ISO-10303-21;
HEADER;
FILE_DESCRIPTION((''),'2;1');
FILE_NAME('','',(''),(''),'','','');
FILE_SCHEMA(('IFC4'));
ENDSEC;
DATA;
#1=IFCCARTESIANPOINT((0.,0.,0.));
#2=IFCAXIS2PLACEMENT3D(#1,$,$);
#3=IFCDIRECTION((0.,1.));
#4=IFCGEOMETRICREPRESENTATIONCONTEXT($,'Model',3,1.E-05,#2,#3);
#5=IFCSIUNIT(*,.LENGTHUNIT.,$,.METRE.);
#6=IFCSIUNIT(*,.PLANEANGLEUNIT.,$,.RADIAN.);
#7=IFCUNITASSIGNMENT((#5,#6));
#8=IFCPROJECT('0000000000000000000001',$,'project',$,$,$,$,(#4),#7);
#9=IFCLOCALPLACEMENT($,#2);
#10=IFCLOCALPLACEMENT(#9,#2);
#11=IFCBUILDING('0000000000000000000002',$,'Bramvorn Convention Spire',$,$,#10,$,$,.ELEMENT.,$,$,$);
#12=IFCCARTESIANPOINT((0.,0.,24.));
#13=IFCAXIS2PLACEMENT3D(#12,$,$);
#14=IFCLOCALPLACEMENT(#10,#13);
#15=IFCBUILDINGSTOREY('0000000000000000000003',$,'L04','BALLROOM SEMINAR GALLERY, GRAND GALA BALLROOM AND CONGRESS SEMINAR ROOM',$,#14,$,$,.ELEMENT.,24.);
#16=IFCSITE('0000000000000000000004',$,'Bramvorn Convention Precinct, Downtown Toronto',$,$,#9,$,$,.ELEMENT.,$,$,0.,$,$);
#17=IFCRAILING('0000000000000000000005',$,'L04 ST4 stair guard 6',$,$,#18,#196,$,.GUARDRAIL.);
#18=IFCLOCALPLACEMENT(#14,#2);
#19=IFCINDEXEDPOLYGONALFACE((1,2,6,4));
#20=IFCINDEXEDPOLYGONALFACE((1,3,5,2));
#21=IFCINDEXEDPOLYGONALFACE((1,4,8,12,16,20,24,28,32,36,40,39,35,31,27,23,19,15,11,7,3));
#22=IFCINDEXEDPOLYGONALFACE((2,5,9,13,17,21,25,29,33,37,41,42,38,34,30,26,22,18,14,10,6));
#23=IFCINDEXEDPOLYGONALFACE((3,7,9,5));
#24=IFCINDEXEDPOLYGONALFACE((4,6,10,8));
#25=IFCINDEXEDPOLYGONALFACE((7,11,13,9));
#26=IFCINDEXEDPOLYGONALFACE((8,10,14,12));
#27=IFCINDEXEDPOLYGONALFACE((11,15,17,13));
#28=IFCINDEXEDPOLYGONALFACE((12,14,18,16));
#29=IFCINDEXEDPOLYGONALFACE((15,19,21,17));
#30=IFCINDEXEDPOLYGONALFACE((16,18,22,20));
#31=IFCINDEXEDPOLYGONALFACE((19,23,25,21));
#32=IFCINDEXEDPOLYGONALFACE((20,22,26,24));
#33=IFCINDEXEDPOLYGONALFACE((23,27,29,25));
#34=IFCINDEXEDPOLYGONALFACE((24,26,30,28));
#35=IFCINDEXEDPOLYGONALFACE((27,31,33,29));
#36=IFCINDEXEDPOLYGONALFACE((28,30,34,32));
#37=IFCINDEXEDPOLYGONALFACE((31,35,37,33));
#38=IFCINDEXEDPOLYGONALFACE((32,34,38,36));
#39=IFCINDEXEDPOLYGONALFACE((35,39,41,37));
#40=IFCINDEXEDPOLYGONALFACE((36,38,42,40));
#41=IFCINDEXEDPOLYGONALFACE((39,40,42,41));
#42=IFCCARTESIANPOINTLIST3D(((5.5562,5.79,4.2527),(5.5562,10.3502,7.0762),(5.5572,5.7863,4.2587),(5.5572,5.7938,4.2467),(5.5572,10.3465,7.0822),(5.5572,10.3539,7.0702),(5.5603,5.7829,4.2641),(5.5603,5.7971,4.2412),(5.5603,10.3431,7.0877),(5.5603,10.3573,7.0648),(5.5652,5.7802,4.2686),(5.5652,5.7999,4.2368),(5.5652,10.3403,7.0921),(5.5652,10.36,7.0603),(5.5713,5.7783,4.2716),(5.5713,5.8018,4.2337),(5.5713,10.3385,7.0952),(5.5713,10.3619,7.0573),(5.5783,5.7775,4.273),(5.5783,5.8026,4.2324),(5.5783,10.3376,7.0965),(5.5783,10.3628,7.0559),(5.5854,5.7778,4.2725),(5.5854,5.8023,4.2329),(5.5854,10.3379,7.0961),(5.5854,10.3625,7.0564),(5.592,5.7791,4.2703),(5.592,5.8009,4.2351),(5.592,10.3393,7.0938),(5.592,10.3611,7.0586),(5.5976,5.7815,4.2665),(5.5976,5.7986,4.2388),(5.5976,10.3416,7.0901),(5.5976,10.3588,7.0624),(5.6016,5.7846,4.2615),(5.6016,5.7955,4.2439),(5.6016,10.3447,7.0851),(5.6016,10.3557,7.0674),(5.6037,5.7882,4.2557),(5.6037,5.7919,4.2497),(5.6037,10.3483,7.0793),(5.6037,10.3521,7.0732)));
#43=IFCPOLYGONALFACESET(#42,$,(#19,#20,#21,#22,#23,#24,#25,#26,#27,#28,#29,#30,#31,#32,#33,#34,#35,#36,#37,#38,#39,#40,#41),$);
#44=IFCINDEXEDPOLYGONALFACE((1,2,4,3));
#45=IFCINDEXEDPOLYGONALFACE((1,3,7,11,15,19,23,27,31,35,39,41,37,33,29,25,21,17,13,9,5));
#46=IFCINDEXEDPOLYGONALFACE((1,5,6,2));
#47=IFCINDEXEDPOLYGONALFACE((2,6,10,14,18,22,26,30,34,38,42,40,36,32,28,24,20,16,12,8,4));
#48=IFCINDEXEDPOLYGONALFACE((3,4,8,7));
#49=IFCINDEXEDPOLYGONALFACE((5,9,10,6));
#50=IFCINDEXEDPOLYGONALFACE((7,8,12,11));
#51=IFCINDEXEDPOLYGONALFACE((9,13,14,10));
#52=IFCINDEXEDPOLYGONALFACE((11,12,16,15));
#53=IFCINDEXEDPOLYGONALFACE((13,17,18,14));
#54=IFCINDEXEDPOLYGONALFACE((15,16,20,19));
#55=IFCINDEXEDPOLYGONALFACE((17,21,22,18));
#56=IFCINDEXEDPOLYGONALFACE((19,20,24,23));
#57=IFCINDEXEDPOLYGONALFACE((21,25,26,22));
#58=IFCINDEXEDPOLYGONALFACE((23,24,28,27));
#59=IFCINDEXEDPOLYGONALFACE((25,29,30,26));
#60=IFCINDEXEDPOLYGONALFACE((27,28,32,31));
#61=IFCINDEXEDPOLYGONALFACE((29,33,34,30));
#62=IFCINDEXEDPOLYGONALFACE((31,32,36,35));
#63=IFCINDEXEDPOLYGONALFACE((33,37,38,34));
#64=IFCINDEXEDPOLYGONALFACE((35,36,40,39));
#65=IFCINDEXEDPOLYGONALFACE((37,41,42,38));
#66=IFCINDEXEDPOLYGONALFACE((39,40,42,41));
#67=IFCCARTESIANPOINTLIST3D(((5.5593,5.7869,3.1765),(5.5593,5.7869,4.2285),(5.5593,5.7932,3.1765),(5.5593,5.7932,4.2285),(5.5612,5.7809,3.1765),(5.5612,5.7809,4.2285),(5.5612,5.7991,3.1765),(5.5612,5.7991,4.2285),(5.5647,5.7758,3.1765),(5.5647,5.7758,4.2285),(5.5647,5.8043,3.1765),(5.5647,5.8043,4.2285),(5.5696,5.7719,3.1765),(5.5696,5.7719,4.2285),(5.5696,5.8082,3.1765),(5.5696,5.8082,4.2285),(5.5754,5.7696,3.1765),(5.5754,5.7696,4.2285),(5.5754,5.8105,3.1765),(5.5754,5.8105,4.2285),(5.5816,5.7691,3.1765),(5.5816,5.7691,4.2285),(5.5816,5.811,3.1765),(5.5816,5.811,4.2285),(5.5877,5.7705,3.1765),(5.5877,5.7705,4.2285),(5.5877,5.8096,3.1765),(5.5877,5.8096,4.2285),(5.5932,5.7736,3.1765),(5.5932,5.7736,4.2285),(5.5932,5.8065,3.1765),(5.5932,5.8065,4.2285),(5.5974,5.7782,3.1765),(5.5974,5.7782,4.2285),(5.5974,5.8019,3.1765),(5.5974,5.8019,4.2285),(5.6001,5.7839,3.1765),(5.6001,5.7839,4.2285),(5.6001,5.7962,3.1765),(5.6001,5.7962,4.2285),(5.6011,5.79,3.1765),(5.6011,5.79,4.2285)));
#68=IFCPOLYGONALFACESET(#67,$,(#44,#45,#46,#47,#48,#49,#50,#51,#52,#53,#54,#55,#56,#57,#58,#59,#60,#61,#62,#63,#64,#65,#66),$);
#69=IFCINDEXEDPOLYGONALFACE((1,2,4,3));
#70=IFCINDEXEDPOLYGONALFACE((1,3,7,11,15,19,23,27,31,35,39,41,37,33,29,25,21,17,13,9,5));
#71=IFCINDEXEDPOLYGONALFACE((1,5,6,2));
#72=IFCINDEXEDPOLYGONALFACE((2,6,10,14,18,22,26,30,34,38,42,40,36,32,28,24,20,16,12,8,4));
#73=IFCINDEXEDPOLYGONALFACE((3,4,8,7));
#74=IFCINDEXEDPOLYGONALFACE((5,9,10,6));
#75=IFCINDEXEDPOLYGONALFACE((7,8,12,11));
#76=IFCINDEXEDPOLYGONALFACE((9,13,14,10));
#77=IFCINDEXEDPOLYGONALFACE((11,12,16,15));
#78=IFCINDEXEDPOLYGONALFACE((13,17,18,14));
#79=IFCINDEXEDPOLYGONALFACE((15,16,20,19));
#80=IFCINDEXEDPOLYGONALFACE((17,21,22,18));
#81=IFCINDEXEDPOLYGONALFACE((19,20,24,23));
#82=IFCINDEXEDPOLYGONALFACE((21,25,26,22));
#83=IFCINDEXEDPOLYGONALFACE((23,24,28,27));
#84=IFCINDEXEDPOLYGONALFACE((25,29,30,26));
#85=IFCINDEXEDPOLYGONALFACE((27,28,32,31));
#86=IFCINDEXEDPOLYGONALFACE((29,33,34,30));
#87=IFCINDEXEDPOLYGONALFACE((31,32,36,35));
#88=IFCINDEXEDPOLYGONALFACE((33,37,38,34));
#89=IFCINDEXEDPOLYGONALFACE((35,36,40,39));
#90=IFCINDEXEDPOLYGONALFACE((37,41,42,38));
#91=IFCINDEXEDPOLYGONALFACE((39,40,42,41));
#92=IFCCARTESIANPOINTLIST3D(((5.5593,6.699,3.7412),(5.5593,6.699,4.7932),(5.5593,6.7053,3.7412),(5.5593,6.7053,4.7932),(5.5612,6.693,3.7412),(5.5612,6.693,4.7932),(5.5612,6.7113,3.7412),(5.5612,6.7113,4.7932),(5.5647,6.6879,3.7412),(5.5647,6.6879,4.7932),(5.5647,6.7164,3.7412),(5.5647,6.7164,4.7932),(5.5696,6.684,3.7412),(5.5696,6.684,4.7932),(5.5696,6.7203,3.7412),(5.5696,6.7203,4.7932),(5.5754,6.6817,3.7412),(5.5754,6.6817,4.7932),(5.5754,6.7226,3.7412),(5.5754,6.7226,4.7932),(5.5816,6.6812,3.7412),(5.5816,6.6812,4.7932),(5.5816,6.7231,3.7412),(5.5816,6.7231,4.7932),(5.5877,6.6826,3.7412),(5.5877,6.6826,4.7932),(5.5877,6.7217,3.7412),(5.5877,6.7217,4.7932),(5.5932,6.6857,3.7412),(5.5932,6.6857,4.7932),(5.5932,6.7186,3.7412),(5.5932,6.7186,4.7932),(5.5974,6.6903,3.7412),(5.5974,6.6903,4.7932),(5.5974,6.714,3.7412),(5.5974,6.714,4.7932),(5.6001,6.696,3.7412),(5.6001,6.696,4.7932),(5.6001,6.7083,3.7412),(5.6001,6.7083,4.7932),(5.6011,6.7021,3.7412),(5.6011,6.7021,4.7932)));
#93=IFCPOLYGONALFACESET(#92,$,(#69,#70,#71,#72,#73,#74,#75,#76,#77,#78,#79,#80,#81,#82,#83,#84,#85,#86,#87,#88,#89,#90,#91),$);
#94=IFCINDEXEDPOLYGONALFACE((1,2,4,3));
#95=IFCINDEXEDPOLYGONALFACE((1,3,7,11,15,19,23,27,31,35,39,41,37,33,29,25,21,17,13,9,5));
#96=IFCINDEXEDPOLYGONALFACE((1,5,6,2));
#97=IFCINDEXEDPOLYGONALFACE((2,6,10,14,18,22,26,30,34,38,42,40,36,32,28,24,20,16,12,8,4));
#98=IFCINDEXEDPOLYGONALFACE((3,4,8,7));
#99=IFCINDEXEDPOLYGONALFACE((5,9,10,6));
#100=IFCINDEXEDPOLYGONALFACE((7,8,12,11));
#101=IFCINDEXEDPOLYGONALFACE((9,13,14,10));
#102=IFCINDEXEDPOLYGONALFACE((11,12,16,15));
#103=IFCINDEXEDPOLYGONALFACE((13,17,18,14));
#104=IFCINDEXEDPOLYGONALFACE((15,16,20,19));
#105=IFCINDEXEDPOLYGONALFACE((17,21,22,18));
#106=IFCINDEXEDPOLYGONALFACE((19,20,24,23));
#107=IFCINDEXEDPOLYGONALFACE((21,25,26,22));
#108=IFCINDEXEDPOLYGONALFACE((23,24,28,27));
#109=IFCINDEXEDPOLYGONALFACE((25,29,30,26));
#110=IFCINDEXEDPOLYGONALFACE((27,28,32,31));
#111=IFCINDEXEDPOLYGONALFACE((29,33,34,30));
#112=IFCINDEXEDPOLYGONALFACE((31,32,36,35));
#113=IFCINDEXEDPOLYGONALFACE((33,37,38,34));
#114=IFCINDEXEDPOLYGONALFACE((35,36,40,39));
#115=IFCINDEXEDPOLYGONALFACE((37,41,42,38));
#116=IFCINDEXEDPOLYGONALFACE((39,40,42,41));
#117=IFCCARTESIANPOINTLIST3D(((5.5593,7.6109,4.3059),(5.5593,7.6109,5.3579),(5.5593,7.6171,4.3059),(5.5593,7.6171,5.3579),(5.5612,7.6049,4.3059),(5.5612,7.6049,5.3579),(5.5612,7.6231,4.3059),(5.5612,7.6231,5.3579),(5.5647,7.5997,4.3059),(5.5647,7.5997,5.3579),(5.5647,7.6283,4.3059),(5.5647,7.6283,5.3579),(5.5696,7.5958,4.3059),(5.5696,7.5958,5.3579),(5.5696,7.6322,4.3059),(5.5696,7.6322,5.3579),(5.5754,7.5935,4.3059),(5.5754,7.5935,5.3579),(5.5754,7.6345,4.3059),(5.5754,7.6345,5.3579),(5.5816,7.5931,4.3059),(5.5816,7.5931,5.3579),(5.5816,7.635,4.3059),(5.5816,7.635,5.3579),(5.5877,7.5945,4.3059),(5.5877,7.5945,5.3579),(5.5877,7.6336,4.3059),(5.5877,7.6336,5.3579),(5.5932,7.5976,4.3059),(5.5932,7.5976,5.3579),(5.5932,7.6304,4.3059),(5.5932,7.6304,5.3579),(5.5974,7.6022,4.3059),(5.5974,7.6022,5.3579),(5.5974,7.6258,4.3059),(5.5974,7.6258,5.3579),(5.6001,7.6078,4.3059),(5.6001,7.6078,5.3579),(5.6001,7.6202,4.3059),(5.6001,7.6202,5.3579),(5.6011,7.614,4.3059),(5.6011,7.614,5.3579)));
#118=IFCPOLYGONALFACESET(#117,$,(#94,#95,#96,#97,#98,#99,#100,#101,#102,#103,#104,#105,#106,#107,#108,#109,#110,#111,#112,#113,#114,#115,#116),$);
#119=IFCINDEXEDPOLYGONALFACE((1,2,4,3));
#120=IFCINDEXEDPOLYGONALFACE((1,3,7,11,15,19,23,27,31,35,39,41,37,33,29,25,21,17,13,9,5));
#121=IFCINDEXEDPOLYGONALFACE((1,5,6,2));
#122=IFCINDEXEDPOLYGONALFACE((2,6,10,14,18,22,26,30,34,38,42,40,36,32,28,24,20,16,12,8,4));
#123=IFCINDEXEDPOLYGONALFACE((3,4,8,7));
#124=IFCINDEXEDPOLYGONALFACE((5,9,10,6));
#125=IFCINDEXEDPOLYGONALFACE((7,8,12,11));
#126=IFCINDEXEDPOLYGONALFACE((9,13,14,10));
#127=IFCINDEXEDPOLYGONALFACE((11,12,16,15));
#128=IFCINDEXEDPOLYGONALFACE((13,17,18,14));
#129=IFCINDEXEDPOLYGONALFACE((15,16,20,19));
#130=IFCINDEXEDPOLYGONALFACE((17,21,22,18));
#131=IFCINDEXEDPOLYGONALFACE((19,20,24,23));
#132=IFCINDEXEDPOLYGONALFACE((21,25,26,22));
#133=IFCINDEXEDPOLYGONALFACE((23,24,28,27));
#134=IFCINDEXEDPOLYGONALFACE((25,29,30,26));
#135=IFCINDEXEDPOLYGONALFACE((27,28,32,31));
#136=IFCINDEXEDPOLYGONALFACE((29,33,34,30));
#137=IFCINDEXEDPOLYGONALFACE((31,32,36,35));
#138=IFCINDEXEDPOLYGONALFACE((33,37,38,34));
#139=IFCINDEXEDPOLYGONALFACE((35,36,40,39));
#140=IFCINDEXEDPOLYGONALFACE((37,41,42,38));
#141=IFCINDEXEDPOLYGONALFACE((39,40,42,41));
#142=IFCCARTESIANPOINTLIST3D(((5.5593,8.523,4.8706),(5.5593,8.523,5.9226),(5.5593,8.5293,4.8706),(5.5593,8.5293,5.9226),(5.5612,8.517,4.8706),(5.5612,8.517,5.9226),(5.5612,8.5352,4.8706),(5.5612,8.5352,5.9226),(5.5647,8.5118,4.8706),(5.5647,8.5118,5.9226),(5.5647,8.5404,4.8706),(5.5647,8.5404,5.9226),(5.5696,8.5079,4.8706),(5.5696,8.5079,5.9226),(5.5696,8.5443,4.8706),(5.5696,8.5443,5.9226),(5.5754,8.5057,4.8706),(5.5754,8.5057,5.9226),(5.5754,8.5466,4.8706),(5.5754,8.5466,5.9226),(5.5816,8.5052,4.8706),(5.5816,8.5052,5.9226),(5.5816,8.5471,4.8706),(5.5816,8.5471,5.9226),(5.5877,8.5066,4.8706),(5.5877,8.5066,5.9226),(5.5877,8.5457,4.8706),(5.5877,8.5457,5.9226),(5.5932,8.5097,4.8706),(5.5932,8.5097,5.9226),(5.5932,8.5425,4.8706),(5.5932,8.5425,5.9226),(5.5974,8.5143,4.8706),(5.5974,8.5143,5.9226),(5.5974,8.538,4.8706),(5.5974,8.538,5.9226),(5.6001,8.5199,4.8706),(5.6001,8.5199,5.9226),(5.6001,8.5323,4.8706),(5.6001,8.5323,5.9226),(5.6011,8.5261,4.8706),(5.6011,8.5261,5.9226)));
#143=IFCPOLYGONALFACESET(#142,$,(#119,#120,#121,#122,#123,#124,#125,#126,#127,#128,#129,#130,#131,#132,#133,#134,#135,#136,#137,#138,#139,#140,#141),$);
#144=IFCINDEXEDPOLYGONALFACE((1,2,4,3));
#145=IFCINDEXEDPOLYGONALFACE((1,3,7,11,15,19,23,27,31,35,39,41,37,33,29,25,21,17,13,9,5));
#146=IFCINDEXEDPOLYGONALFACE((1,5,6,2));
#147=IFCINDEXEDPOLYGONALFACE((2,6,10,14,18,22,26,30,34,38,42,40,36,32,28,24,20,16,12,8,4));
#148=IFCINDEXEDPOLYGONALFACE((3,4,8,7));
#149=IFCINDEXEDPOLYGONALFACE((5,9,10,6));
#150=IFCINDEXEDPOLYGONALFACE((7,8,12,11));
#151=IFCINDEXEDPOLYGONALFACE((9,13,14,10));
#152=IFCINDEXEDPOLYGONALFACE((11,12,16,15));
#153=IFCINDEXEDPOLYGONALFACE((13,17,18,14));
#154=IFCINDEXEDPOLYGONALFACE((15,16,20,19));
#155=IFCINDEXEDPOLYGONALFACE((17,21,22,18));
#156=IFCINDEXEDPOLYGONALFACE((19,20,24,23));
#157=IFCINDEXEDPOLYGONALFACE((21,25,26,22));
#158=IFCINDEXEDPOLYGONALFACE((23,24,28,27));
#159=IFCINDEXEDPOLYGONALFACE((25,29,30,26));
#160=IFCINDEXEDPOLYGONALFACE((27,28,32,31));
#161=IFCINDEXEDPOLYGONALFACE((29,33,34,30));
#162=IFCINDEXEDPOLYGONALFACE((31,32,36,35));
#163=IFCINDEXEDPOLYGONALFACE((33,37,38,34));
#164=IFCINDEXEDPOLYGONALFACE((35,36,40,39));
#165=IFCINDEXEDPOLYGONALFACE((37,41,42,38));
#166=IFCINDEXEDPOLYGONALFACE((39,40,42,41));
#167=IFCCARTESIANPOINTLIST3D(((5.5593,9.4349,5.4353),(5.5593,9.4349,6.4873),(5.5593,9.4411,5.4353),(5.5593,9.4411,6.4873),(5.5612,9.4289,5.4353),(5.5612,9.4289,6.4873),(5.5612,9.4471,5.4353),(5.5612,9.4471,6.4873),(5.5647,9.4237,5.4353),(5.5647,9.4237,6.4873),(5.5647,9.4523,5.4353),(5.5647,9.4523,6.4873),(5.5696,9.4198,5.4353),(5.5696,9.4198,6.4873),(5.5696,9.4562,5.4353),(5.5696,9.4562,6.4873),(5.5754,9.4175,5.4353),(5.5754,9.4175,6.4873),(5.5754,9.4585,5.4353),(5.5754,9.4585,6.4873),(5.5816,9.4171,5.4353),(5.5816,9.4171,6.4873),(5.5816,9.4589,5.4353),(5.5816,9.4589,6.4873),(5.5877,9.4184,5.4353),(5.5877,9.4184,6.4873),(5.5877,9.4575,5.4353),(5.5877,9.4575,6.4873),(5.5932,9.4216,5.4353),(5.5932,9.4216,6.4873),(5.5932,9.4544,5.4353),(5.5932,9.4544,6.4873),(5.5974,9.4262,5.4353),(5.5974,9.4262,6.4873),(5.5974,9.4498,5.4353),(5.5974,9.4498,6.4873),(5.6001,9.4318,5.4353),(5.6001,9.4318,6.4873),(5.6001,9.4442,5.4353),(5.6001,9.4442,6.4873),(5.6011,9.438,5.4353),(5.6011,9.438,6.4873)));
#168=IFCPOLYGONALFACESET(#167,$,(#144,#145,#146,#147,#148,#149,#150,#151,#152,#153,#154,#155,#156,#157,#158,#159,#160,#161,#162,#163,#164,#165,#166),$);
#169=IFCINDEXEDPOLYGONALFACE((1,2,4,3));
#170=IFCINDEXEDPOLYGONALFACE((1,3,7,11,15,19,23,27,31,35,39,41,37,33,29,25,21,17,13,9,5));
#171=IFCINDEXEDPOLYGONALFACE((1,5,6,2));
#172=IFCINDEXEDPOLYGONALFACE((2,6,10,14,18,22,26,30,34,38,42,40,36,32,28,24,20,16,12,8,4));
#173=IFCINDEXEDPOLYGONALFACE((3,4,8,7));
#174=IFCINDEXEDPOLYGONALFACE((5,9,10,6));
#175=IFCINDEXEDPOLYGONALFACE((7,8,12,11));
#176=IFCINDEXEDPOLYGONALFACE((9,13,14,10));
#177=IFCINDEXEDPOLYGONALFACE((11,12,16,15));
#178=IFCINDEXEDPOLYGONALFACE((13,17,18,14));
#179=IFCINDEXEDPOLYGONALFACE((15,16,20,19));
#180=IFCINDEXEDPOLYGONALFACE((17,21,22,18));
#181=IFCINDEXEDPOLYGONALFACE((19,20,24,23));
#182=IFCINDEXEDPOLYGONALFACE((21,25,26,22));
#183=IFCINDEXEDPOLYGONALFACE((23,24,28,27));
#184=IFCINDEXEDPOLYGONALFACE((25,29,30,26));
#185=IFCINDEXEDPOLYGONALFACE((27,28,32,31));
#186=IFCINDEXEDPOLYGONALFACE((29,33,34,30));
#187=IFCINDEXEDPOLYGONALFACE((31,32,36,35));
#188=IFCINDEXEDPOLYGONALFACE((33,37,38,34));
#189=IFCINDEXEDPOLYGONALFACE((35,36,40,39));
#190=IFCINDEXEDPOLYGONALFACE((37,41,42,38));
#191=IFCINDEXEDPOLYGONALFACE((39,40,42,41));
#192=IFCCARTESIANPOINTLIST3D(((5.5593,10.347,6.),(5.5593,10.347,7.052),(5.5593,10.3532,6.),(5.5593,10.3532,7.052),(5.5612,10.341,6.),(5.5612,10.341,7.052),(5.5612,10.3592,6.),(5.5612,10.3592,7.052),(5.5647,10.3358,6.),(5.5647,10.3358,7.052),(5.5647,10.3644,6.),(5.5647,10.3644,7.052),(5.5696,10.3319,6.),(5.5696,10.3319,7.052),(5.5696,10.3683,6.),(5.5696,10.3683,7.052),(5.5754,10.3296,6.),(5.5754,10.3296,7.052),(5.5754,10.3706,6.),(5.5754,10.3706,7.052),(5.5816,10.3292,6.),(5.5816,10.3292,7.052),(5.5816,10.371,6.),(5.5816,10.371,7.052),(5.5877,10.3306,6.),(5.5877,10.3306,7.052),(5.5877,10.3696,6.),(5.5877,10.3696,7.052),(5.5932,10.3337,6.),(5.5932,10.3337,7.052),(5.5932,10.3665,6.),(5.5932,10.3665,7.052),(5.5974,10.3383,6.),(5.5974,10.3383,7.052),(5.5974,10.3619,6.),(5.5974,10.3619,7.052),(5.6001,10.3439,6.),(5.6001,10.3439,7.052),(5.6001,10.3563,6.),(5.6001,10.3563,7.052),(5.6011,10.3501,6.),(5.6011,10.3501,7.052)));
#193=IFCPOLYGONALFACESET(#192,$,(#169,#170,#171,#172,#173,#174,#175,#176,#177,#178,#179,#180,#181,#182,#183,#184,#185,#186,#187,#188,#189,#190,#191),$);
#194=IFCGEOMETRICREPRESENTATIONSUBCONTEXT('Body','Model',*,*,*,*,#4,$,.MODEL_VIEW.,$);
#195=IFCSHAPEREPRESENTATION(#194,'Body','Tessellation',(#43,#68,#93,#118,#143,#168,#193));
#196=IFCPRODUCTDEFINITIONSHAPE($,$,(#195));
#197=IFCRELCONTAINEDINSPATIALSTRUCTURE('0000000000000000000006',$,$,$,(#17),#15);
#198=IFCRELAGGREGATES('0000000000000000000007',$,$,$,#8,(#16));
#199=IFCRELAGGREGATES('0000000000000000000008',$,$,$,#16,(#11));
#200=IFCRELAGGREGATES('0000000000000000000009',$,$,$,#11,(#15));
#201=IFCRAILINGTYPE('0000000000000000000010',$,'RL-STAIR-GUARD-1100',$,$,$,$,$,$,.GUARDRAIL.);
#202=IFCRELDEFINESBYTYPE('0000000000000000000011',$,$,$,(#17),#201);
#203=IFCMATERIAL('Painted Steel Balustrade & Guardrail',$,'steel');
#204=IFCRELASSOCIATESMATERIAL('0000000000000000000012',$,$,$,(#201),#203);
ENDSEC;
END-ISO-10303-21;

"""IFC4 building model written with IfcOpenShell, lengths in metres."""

from ifc_helpers import new_model, si_unit, direction, frame, origin, origin_2d, place, context, subcontext, project, spatial, circle, extrude, material, type_object, element, save


model = new_model("IFC4")

# Units and contexts
model_context = context("Model", 3, precision=1e-05, world=origin(), true_north=direction((0.0, 1.0)))
body_context = subcontext(model_context, "Body", "Model", "MODEL_VIEW")
ifc_project = project(units=[si_unit("LENGTHUNIT", "METRE"), si_unit("PLANEANGLEUNIT", "RADIAN")], contexts=[model_context])

# Site, building, storey
site_placement = place(None, origin())
site = spatial("IfcSite", under=ifc_project, at=site_placement, Name="Bramvorn Convention Precinct, Downtown Toronto", CompositionType="ELEMENT", RefElevation=0.0)
building_placement = place(site_placement, origin())
building = spatial("IfcBuilding", under=site, at=building_placement, Name="Bramvorn Convention Spire", CompositionType="ELEMENT")
storey_placement = place(building_placement, frame((0.0, 0.0, 24.0)))
storey = spatial("IfcBuildingStorey", under=building, at=storey_placement, Name="L04", Description="BALLROOM SEMINAR GALLERY, GRAND GALA BALLROOM AND CONGRESS SEMINAR ROOM", CompositionType="ELEMENT", Elevation=24.0)

# Railing
ifc_material_1 = material(Name="Painted Steel Balustrade & Guardrail", Category="steel")
railing_type_1 = type_object("IfcRailingType", Name="RL-STAIR-GUARD-1100", PredefinedType="GUARDRAIL", material=ifc_material_1)
railing_1_placement = place(storey_placement, frame((5.5801, 5.79, 3.1765)))
element("IfcRailing", 1, at=railing_1_placement, inside=storey, type_object=railing_type_1, Name="L04 ST4 stair guard 6", PredefinedType="GUARDRAIL", context=body_context, shape_type="SweptSolid", body=[
    extrude(circle(Radius=0.0239, at=origin_2d()), frame((0.0, 0.0, 1.0762), z_axis=(0.0, 0.850216, 0.526435), x_axis=(-1.0, 0.0, 0.0)), (0.0, 0.0, 1.0), 5.3635),
    extrude(circle(Radius=0.021, at=origin_2d()), origin(), (0.0, 0.0, 1.0), 1.052),
    extrude(circle(Radius=0.021, at=origin_2d()), frame((0.0, 0.9121, 0.5647)), (0.0, 0.0, 1.0), 1.052),
    extrude(circle(Radius=0.021, at=origin_2d()), frame((0.0, 1.824, 1.1294)), (0.0, 0.0, 1.0), 1.052),
    extrude(circle(Radius=0.021, at=origin_2d()), frame((0.0, 2.7361, 1.6941)), (0.0, 0.0, 1.0), 1.052),
    extrude(circle(Radius=0.021, at=origin_2d()), frame((0.0, 3.6479, 2.2588)), (0.0, 0.0, 1.0), 1.052),
    extrude(circle(Radius=0.021, at=origin_2d()), frame((0.0, 4.5601, 2.8235)), (0.0, 0.0, 1.0), 1.052),
])

save(model, "model.ifc")
